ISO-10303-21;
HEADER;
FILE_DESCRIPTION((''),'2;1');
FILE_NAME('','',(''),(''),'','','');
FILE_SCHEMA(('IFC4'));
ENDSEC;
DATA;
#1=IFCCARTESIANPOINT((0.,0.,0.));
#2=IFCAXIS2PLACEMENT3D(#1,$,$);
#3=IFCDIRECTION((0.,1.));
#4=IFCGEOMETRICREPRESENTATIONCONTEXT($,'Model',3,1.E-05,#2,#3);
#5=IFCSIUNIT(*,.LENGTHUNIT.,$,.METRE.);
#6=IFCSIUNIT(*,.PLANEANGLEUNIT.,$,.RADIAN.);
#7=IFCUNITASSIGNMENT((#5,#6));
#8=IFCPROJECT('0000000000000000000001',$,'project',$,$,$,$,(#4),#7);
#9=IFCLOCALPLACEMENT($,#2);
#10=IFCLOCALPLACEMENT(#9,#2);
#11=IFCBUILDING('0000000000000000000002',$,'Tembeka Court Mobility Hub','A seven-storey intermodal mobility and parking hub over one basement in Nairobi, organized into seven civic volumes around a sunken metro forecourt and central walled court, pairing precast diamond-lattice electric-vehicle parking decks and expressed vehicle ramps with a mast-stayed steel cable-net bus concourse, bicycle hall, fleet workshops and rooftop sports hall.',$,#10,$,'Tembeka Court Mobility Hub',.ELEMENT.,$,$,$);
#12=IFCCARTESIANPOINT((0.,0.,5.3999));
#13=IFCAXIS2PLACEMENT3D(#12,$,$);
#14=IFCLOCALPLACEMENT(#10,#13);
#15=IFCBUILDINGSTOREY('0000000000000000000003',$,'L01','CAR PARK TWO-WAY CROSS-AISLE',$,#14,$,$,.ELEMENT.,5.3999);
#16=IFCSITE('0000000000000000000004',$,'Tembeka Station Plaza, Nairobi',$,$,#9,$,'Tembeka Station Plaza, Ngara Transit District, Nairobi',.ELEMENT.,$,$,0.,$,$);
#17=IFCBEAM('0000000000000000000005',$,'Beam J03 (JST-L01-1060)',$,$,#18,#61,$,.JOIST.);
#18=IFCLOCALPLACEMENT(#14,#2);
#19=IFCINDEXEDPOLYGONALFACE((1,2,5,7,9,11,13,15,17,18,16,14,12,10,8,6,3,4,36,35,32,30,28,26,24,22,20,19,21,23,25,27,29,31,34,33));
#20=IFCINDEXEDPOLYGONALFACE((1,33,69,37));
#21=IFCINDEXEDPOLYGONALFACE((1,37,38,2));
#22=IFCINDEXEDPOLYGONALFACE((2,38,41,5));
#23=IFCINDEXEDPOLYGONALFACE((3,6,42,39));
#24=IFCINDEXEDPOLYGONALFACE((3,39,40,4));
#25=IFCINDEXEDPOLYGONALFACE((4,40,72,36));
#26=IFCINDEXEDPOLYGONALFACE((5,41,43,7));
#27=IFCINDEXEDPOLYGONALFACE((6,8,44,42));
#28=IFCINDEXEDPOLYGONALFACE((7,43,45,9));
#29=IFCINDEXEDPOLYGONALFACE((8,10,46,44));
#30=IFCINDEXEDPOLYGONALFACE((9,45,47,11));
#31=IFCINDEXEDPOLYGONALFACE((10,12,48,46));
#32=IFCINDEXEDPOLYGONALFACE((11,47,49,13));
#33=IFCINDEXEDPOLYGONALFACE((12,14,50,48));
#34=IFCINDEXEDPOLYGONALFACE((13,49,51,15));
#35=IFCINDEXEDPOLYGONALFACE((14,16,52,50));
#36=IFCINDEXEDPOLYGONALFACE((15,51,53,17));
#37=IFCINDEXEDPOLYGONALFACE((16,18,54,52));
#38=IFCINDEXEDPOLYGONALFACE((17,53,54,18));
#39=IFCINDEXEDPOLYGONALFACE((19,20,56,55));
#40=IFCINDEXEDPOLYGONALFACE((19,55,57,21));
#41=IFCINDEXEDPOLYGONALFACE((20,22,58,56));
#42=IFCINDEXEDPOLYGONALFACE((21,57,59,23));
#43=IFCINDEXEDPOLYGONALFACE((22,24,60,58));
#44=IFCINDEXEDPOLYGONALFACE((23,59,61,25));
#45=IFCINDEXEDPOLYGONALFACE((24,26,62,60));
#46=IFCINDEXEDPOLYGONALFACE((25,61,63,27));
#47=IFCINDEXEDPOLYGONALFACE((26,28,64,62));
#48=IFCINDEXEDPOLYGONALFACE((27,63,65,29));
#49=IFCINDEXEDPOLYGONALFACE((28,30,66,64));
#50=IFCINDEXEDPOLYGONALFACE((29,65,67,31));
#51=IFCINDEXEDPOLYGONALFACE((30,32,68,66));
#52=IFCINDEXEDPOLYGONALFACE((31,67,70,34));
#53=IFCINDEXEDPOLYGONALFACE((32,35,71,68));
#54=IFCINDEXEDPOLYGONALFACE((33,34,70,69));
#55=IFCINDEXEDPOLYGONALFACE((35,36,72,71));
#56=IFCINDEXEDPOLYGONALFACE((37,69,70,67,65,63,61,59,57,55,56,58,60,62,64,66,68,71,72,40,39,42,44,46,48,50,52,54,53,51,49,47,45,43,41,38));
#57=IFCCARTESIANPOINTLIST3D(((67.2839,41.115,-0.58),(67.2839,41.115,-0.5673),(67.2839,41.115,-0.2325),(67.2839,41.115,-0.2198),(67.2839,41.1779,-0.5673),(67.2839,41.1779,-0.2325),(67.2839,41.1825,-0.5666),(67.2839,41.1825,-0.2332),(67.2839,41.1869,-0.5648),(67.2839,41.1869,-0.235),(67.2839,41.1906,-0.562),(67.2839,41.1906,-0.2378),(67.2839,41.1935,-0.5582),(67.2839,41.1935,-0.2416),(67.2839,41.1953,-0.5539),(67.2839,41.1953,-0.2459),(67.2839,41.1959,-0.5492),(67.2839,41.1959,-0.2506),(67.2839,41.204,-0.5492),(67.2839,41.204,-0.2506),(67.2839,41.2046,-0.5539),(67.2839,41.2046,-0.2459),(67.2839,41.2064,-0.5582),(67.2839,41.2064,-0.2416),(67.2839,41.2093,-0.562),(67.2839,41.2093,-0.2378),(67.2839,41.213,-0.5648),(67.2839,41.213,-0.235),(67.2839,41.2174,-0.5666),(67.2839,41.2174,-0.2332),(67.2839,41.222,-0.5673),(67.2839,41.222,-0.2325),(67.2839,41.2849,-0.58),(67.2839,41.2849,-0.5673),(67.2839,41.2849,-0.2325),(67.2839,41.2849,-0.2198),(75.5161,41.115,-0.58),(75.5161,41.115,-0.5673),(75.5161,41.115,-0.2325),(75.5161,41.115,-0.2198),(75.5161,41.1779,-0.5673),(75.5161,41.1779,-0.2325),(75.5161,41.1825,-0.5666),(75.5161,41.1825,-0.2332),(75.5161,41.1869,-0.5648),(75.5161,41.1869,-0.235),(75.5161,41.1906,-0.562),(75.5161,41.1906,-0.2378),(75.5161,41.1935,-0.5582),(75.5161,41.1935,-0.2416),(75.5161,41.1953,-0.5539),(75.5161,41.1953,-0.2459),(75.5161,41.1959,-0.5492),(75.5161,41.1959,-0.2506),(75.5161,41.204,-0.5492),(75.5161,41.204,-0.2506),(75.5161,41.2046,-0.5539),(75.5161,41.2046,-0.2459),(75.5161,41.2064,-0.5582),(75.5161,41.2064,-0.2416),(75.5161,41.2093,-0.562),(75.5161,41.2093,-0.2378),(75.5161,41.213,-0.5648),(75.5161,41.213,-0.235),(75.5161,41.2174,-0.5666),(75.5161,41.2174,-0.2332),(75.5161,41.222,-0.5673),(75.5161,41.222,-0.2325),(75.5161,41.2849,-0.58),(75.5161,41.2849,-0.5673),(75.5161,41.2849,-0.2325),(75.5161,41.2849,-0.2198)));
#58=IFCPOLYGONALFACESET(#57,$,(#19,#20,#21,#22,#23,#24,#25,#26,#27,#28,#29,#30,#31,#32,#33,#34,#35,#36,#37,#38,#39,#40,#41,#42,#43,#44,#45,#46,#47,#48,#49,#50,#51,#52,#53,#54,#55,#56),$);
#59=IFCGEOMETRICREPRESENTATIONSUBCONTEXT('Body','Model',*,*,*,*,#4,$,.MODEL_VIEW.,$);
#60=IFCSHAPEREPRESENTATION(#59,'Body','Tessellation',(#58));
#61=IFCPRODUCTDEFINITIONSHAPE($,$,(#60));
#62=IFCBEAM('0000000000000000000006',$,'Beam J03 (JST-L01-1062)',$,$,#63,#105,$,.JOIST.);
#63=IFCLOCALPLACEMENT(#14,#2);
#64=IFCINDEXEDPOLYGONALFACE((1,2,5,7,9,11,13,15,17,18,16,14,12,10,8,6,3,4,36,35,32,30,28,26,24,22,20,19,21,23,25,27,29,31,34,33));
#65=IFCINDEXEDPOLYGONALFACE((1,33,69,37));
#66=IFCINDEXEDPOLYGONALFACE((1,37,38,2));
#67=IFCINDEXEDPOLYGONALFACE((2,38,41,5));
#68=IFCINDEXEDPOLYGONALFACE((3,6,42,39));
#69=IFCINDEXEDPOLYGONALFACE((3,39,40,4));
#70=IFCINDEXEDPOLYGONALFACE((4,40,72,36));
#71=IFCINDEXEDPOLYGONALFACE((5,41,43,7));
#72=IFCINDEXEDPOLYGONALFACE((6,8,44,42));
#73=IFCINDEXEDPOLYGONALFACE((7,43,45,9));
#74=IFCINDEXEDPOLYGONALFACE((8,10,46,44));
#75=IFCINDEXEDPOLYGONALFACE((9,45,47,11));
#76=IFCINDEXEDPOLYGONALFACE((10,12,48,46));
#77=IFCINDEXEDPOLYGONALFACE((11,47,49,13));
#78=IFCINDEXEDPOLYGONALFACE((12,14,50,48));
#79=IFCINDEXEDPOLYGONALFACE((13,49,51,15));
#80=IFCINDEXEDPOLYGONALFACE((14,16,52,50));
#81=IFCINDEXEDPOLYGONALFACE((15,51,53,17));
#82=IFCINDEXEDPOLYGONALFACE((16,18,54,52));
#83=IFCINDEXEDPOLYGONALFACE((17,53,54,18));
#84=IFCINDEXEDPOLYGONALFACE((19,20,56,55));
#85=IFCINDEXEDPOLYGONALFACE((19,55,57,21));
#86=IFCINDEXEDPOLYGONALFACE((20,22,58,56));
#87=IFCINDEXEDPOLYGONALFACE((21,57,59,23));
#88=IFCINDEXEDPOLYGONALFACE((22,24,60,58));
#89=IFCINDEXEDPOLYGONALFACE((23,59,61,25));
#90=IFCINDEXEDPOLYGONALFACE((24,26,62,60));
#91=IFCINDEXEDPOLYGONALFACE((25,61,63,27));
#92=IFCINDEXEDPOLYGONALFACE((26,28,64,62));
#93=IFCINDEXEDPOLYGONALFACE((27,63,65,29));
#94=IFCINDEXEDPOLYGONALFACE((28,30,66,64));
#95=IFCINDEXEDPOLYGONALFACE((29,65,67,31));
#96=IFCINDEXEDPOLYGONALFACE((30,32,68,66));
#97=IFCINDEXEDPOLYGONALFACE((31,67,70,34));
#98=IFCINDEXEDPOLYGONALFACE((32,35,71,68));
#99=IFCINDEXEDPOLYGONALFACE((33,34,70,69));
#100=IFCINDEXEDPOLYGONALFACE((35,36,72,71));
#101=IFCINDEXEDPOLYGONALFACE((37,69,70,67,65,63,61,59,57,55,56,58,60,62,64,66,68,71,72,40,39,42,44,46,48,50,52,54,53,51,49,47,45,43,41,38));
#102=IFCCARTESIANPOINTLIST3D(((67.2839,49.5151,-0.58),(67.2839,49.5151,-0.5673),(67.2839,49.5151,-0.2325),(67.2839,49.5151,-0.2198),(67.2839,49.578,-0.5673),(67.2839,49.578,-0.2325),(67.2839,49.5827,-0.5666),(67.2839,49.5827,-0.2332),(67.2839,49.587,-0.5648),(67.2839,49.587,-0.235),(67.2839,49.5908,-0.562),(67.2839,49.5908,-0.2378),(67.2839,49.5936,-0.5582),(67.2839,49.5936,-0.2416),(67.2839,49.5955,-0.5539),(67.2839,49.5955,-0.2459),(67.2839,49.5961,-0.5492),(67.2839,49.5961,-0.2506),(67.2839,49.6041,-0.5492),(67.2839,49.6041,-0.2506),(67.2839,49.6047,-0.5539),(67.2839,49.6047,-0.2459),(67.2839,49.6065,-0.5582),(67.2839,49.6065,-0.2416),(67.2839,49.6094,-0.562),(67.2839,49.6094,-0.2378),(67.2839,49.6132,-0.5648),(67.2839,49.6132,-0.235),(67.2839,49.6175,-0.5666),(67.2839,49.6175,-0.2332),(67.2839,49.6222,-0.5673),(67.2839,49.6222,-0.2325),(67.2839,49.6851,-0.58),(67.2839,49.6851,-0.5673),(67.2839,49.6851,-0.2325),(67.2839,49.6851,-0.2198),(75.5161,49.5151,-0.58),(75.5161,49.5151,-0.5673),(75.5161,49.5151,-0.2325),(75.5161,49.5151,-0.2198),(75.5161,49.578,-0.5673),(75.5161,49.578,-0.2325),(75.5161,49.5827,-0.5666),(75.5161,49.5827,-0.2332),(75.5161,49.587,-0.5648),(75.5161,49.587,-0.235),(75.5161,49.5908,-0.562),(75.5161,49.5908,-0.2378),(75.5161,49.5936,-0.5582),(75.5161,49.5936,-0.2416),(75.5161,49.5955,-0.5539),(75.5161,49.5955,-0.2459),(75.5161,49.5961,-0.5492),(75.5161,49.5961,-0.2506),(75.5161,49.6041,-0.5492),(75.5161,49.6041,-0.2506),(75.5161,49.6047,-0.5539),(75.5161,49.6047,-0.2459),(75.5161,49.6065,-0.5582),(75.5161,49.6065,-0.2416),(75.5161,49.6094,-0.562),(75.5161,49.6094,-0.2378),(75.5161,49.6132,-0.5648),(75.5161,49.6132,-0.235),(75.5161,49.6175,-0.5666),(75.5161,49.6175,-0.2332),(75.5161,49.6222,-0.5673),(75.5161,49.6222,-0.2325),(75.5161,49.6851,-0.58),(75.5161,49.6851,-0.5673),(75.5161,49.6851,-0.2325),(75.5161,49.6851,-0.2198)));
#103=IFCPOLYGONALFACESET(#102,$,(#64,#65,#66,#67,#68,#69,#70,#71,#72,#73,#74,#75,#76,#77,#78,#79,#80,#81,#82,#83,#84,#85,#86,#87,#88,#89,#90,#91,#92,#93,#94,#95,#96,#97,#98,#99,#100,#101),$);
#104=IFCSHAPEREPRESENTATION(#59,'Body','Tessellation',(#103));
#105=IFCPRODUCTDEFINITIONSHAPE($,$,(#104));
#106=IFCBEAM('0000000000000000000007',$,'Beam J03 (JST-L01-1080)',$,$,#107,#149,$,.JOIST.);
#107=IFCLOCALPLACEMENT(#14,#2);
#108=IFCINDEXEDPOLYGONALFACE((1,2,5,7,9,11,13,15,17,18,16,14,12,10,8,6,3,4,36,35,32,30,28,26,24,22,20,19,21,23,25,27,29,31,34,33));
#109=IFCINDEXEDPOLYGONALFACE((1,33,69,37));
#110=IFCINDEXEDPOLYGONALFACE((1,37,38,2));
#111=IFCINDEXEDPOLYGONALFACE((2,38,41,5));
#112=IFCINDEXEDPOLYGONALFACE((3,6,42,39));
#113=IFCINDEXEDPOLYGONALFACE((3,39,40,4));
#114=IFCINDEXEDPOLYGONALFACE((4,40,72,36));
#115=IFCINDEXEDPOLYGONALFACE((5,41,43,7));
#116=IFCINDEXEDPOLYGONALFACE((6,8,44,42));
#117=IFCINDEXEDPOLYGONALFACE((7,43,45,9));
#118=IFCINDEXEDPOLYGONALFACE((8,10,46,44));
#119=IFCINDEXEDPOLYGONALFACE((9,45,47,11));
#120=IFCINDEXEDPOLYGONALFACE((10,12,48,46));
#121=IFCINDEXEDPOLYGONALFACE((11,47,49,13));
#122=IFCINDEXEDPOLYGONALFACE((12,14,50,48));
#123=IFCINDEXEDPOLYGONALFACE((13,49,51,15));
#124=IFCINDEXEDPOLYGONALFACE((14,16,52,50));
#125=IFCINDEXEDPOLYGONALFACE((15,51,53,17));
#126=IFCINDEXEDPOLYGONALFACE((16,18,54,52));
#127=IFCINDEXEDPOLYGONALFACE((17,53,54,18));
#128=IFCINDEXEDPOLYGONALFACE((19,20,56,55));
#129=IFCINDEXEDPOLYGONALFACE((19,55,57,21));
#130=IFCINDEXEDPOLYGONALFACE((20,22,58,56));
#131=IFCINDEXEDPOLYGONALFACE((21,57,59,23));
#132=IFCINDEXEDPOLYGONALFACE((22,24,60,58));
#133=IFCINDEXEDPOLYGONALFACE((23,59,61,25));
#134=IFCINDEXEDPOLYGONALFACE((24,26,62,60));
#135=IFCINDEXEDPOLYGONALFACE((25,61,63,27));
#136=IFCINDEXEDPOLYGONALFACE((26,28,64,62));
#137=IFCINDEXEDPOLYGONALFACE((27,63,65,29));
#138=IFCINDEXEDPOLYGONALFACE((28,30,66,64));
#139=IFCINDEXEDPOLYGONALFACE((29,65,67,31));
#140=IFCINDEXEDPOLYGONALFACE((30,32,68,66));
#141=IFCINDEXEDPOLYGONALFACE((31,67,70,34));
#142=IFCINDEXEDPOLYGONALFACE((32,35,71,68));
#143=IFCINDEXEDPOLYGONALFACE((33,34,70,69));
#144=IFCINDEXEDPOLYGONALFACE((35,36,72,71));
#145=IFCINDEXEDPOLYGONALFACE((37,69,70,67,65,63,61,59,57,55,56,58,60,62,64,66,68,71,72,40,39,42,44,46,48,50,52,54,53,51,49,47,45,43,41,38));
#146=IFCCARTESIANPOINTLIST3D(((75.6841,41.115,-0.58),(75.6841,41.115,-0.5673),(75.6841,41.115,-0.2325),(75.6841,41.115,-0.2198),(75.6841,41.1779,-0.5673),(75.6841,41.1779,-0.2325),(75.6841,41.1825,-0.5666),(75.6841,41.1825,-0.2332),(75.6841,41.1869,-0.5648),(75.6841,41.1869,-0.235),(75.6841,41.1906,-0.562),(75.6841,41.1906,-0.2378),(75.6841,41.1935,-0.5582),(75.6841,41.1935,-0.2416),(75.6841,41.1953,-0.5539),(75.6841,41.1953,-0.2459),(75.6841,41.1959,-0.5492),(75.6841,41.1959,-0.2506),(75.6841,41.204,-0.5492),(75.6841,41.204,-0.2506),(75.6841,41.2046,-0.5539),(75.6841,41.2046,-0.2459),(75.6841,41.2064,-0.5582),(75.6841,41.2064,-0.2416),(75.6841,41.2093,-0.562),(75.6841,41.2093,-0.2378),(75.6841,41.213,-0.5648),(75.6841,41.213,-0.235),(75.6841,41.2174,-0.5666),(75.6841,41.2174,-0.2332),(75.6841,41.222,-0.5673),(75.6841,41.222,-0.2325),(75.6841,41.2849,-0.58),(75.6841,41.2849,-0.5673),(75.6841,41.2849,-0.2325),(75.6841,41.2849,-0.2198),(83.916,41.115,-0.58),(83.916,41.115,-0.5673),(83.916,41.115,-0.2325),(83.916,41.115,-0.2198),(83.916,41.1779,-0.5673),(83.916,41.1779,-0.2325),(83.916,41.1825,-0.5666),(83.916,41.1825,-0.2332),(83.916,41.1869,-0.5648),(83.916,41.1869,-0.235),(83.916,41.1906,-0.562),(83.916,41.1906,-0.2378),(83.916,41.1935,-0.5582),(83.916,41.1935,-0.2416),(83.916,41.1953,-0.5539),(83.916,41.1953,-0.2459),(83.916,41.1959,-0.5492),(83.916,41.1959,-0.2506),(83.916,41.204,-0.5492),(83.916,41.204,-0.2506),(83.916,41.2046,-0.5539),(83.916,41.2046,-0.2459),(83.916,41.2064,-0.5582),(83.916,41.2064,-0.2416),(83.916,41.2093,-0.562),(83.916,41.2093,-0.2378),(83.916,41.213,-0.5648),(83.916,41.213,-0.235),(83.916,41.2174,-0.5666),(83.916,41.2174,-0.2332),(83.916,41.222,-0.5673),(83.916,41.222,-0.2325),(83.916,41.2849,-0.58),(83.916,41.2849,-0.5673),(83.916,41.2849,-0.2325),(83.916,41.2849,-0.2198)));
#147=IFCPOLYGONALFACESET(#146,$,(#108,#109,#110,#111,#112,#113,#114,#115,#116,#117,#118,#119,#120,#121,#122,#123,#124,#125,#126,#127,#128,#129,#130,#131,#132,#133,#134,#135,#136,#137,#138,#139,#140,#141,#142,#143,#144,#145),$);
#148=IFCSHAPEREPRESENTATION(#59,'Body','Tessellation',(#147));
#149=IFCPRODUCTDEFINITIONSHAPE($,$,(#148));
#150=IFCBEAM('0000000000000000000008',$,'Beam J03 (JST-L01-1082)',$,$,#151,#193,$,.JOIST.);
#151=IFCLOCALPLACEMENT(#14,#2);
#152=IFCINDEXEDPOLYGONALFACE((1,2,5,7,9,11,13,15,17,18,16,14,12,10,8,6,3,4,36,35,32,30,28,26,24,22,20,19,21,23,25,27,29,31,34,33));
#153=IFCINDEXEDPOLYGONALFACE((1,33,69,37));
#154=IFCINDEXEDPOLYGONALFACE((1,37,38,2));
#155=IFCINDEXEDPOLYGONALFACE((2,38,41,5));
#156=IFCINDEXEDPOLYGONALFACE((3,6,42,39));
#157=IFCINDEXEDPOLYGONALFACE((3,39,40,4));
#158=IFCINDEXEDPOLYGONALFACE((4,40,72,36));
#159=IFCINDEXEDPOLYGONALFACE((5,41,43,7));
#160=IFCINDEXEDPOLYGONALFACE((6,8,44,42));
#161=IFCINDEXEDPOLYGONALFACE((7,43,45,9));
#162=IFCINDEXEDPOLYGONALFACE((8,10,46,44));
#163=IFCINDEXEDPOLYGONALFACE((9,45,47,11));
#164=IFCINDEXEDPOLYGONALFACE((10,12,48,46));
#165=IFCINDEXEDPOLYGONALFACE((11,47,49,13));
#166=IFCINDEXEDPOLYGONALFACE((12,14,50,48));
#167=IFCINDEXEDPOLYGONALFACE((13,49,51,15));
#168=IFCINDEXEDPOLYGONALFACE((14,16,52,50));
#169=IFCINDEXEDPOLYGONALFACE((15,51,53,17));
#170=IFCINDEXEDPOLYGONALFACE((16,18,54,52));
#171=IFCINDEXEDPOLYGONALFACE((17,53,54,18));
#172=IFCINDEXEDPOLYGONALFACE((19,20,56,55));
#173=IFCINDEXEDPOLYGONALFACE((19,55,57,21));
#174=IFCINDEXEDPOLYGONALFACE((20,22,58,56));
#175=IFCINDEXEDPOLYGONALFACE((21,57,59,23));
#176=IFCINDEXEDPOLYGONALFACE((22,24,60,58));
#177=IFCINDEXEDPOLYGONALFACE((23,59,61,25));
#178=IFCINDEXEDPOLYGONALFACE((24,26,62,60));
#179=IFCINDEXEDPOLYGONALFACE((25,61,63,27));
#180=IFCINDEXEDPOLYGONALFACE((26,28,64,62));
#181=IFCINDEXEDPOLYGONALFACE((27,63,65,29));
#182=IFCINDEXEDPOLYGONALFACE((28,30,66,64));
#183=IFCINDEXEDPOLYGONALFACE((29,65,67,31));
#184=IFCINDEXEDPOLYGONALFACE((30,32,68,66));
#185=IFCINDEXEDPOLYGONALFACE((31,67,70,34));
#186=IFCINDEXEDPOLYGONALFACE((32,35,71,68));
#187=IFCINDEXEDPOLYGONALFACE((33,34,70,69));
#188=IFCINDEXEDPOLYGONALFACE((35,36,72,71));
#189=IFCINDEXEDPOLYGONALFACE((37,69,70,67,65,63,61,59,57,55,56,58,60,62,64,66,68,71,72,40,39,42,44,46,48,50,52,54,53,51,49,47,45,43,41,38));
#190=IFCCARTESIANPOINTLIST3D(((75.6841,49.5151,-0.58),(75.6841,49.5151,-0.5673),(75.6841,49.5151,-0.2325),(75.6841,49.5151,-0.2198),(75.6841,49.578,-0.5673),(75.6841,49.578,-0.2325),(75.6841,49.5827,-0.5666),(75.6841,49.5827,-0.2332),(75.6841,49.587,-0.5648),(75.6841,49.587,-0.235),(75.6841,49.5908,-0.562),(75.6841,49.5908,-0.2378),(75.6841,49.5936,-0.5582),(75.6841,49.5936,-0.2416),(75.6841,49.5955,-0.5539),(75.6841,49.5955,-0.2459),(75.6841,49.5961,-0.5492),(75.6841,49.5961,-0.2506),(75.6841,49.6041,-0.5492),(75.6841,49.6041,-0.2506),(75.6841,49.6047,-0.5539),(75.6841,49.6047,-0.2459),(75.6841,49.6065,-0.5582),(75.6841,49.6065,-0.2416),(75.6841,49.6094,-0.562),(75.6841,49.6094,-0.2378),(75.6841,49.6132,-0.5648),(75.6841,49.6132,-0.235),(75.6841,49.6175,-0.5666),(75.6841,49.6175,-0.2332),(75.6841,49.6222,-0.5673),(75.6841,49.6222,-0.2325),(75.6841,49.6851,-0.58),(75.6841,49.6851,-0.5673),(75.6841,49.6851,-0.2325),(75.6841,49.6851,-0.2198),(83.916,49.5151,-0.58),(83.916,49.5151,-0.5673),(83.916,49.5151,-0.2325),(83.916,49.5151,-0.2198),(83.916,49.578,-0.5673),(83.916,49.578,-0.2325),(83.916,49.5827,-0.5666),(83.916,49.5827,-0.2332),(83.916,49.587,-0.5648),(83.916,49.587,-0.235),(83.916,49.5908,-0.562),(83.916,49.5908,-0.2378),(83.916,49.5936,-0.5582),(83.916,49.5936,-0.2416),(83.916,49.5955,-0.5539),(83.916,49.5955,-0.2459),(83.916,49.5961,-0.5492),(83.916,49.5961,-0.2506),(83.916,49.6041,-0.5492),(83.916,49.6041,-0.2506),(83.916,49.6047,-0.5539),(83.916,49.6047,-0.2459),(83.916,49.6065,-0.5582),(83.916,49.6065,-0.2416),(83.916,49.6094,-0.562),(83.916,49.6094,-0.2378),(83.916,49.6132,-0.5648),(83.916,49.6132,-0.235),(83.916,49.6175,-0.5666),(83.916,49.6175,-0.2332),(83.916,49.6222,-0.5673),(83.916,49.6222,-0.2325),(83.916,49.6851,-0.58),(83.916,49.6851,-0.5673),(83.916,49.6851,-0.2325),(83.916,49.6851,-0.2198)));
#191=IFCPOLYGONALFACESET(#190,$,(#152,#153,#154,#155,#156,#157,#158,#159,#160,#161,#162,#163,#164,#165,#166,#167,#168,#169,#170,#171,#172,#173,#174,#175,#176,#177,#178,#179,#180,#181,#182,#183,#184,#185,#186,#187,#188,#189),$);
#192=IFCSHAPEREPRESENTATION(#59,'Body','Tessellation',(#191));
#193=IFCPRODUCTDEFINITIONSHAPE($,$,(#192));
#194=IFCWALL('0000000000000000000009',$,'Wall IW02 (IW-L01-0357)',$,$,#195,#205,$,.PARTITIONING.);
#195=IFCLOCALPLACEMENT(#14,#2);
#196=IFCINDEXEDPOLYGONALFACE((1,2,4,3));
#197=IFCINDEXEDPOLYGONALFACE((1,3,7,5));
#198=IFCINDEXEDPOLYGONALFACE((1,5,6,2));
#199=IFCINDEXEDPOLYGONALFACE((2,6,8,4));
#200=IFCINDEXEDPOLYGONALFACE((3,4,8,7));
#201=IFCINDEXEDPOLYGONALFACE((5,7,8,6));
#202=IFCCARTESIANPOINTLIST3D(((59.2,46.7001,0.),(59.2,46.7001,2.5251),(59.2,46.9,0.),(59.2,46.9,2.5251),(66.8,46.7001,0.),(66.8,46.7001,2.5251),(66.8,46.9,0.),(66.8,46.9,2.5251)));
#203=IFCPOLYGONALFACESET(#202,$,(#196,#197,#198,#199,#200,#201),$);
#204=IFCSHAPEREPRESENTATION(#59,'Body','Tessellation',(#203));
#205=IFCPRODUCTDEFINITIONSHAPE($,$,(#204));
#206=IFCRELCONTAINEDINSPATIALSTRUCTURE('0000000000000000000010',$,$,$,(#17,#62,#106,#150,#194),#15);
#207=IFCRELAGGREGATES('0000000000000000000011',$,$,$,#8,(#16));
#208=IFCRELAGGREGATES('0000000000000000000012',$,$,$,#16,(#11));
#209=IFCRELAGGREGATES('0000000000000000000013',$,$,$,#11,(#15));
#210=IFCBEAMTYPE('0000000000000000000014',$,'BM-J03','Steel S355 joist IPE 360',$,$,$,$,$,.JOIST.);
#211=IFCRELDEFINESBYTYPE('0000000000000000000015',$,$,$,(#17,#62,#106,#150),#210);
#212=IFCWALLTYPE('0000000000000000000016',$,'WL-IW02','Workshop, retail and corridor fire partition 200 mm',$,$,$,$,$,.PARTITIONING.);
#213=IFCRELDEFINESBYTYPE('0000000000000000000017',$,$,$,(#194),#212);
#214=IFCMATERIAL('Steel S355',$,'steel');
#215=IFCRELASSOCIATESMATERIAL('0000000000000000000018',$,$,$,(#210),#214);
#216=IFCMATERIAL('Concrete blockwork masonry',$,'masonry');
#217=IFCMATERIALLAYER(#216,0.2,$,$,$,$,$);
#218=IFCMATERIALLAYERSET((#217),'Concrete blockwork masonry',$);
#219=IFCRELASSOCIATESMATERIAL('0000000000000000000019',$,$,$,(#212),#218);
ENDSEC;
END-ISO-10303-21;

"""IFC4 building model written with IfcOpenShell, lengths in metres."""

from ifc_helpers import new_model, si_unit, direction, frame, frame_2d, origin, origin_2d, place, context, subcontext, project, spatial, rectangle, i_section, extrude, material, layer, layer_set, material_profile, profile_set, type_object, element, save


model = new_model("IFC4")

# Units and contexts
model_context = context("Model", 3, precision=1e-05, world=origin(), true_north=direction((0.0, 1.0)))
body_context = subcontext(model_context, "Body", "Model", "MODEL_VIEW")
ifc_project = project(units=[si_unit("LENGTHUNIT", "METRE"), si_unit("PLANEANGLEUNIT", "RADIAN")], contexts=[model_context])

# Site, building, storey
site_placement = place(None, origin())
site = spatial("IfcSite", under=ifc_project, at=site_placement, Name="Tembeka Station Plaza, Nairobi", LongName="Tembeka Station Plaza, Ngara Transit District, Nairobi", CompositionType="ELEMENT", RefElevation=0.0)
building_placement = place(site_placement, origin())
building = spatial("IfcBuilding", under=site, at=building_placement, Name="Tembeka Court Mobility Hub", Description="A seven-storey intermodal mobility and parking hub over one basement in Nairobi, organized into seven civic volumes around a sunken metro forecourt and central walled court, pairing precast diamond-lattice electric-vehicle parking decks and expressed vehicle ramps with a mast-stayed steel cable-net bus concourse, bicycle hall, fleet workshops and rooftop sports hall.", LongName="Tembeka Court Mobility Hub", CompositionType="ELEMENT")
storey_placement = place(building_placement, frame((0.0, 0.0, 5.3999)))
storey = spatial("IfcBuildingStorey", under=building, at=storey_placement, Name="L01", Description="CAR PARK TWO-WAY CROSS-AISLE", CompositionType="ELEMENT", Elevation=5.3999)

# Shared definitions
ifc_material_1 = material(Name="Steel S355", Category="steel")

# Beams
ifc_material_profile_1 = material_profile(ifc_material_1, i_section(OverallWidth=0.1699, OverallDepth=0.3601, WebThickness=0.0081, FlangeThickness=0.0127, FilletRadius=0.0181, at=origin_2d()), Name="IPE 360")
ifc_profile_set_1 = profile_set([ifc_material_profile_1], Name="Steel S355")
beam_type_1 = type_object("IfcBeamType", Name="BM-J03", Description="Steel S355 joist IPE 360", PredefinedType="JOIST", material=ifc_profile_set_1)
for number, where, z_axis, x_axis, name in (
    (1, (67.2839, 41.2, -0.3999), (1.0, 0.0, 0.0), (0.0, 1.0, 0.0), "Beam J03 (JST-L01-1060)"),
    (2, (67.2839, 49.6001, -0.3999), (1.0, 0.0, 0.0), (0.0, 1.0, 0.0), "Beam J03 (JST-L01-1062)"),
):
    element("IfcBeam", number, at=place(storey_placement, frame(where, z_axis=z_axis, x_axis=x_axis)), inside=storey, type_object=beam_type_1, Name=name, PredefinedType="JOIST", context=body_context, shape_type="SweptSolid", body=[
        extrude(i_section(OverallWidth=0.1699, OverallDepth=0.3601, WebThickness=0.0081, FlangeThickness=0.0127, FilletRadius=0.0181, at=origin_2d()), origin(), (0.0, 0.0, 1.0), 8.2322),
    ])
for number, where, z_axis, x_axis, name in (
    (3, (75.6841, 41.2, -0.3999), (1.0, 0.0, 0.0), (0.0, 1.0, 0.0), "Beam J03 (JST-L01-1080)"),
    (4, (75.6841, 49.6001, -0.3999), (1.0, 0.0, 0.0), (0.0, 1.0, 0.0), "Beam J03 (JST-L01-1082)"),
):
    element("IfcBeam", number, at=place(storey_placement, frame(where, z_axis=z_axis, x_axis=x_axis)), inside=storey, type_object=beam_type_1, Name=name, PredefinedType="JOIST", context=body_context, shape_type="SweptSolid", body=[
        extrude(i_section(OverallWidth=0.1699, OverallDepth=0.3601, WebThickness=0.0081, FlangeThickness=0.0127, FilletRadius=0.0181, at=origin_2d()), origin(), (0.0, 0.0, 1.0), 8.2319),
    ])

# Wall
ifc_material_2 = material(Name="Concrete blockwork masonry", Category="masonry")
ifc_layer_1 = layer(ifc_material_2, 0.2)
ifc_layer_set_1 = layer_set([ifc_layer_1], Name="Concrete blockwork masonry")
wall_type_1 = type_object("IfcWallType", Name="WL-IW02", Description="Workshop, retail and corridor fire partition 200 mm", PredefinedType="PARTITIONING", material=ifc_layer_set_1)
wall_1_placement = place(storey_placement, frame((59.2, 46.8, 0.0), z_axis=(0.0, 0.0, 1.0), x_axis=(1.0, 0.0, 0.0)))
element("IfcWall", 5, at=wall_1_placement, inside=storey, type_object=wall_type_1, Name="Wall IW02 (IW-L01-0357)", PredefinedType="PARTITIONING", context=body_context, shape_type="SweptSolid", body=[
    extrude(rectangle(XDim=7.6001, YDim=0.2, at=frame_2d((3.8, 0.0))), origin(), (0.0, 0.0, 1.0), 2.5251),
])

save(model, "model.ifc")
